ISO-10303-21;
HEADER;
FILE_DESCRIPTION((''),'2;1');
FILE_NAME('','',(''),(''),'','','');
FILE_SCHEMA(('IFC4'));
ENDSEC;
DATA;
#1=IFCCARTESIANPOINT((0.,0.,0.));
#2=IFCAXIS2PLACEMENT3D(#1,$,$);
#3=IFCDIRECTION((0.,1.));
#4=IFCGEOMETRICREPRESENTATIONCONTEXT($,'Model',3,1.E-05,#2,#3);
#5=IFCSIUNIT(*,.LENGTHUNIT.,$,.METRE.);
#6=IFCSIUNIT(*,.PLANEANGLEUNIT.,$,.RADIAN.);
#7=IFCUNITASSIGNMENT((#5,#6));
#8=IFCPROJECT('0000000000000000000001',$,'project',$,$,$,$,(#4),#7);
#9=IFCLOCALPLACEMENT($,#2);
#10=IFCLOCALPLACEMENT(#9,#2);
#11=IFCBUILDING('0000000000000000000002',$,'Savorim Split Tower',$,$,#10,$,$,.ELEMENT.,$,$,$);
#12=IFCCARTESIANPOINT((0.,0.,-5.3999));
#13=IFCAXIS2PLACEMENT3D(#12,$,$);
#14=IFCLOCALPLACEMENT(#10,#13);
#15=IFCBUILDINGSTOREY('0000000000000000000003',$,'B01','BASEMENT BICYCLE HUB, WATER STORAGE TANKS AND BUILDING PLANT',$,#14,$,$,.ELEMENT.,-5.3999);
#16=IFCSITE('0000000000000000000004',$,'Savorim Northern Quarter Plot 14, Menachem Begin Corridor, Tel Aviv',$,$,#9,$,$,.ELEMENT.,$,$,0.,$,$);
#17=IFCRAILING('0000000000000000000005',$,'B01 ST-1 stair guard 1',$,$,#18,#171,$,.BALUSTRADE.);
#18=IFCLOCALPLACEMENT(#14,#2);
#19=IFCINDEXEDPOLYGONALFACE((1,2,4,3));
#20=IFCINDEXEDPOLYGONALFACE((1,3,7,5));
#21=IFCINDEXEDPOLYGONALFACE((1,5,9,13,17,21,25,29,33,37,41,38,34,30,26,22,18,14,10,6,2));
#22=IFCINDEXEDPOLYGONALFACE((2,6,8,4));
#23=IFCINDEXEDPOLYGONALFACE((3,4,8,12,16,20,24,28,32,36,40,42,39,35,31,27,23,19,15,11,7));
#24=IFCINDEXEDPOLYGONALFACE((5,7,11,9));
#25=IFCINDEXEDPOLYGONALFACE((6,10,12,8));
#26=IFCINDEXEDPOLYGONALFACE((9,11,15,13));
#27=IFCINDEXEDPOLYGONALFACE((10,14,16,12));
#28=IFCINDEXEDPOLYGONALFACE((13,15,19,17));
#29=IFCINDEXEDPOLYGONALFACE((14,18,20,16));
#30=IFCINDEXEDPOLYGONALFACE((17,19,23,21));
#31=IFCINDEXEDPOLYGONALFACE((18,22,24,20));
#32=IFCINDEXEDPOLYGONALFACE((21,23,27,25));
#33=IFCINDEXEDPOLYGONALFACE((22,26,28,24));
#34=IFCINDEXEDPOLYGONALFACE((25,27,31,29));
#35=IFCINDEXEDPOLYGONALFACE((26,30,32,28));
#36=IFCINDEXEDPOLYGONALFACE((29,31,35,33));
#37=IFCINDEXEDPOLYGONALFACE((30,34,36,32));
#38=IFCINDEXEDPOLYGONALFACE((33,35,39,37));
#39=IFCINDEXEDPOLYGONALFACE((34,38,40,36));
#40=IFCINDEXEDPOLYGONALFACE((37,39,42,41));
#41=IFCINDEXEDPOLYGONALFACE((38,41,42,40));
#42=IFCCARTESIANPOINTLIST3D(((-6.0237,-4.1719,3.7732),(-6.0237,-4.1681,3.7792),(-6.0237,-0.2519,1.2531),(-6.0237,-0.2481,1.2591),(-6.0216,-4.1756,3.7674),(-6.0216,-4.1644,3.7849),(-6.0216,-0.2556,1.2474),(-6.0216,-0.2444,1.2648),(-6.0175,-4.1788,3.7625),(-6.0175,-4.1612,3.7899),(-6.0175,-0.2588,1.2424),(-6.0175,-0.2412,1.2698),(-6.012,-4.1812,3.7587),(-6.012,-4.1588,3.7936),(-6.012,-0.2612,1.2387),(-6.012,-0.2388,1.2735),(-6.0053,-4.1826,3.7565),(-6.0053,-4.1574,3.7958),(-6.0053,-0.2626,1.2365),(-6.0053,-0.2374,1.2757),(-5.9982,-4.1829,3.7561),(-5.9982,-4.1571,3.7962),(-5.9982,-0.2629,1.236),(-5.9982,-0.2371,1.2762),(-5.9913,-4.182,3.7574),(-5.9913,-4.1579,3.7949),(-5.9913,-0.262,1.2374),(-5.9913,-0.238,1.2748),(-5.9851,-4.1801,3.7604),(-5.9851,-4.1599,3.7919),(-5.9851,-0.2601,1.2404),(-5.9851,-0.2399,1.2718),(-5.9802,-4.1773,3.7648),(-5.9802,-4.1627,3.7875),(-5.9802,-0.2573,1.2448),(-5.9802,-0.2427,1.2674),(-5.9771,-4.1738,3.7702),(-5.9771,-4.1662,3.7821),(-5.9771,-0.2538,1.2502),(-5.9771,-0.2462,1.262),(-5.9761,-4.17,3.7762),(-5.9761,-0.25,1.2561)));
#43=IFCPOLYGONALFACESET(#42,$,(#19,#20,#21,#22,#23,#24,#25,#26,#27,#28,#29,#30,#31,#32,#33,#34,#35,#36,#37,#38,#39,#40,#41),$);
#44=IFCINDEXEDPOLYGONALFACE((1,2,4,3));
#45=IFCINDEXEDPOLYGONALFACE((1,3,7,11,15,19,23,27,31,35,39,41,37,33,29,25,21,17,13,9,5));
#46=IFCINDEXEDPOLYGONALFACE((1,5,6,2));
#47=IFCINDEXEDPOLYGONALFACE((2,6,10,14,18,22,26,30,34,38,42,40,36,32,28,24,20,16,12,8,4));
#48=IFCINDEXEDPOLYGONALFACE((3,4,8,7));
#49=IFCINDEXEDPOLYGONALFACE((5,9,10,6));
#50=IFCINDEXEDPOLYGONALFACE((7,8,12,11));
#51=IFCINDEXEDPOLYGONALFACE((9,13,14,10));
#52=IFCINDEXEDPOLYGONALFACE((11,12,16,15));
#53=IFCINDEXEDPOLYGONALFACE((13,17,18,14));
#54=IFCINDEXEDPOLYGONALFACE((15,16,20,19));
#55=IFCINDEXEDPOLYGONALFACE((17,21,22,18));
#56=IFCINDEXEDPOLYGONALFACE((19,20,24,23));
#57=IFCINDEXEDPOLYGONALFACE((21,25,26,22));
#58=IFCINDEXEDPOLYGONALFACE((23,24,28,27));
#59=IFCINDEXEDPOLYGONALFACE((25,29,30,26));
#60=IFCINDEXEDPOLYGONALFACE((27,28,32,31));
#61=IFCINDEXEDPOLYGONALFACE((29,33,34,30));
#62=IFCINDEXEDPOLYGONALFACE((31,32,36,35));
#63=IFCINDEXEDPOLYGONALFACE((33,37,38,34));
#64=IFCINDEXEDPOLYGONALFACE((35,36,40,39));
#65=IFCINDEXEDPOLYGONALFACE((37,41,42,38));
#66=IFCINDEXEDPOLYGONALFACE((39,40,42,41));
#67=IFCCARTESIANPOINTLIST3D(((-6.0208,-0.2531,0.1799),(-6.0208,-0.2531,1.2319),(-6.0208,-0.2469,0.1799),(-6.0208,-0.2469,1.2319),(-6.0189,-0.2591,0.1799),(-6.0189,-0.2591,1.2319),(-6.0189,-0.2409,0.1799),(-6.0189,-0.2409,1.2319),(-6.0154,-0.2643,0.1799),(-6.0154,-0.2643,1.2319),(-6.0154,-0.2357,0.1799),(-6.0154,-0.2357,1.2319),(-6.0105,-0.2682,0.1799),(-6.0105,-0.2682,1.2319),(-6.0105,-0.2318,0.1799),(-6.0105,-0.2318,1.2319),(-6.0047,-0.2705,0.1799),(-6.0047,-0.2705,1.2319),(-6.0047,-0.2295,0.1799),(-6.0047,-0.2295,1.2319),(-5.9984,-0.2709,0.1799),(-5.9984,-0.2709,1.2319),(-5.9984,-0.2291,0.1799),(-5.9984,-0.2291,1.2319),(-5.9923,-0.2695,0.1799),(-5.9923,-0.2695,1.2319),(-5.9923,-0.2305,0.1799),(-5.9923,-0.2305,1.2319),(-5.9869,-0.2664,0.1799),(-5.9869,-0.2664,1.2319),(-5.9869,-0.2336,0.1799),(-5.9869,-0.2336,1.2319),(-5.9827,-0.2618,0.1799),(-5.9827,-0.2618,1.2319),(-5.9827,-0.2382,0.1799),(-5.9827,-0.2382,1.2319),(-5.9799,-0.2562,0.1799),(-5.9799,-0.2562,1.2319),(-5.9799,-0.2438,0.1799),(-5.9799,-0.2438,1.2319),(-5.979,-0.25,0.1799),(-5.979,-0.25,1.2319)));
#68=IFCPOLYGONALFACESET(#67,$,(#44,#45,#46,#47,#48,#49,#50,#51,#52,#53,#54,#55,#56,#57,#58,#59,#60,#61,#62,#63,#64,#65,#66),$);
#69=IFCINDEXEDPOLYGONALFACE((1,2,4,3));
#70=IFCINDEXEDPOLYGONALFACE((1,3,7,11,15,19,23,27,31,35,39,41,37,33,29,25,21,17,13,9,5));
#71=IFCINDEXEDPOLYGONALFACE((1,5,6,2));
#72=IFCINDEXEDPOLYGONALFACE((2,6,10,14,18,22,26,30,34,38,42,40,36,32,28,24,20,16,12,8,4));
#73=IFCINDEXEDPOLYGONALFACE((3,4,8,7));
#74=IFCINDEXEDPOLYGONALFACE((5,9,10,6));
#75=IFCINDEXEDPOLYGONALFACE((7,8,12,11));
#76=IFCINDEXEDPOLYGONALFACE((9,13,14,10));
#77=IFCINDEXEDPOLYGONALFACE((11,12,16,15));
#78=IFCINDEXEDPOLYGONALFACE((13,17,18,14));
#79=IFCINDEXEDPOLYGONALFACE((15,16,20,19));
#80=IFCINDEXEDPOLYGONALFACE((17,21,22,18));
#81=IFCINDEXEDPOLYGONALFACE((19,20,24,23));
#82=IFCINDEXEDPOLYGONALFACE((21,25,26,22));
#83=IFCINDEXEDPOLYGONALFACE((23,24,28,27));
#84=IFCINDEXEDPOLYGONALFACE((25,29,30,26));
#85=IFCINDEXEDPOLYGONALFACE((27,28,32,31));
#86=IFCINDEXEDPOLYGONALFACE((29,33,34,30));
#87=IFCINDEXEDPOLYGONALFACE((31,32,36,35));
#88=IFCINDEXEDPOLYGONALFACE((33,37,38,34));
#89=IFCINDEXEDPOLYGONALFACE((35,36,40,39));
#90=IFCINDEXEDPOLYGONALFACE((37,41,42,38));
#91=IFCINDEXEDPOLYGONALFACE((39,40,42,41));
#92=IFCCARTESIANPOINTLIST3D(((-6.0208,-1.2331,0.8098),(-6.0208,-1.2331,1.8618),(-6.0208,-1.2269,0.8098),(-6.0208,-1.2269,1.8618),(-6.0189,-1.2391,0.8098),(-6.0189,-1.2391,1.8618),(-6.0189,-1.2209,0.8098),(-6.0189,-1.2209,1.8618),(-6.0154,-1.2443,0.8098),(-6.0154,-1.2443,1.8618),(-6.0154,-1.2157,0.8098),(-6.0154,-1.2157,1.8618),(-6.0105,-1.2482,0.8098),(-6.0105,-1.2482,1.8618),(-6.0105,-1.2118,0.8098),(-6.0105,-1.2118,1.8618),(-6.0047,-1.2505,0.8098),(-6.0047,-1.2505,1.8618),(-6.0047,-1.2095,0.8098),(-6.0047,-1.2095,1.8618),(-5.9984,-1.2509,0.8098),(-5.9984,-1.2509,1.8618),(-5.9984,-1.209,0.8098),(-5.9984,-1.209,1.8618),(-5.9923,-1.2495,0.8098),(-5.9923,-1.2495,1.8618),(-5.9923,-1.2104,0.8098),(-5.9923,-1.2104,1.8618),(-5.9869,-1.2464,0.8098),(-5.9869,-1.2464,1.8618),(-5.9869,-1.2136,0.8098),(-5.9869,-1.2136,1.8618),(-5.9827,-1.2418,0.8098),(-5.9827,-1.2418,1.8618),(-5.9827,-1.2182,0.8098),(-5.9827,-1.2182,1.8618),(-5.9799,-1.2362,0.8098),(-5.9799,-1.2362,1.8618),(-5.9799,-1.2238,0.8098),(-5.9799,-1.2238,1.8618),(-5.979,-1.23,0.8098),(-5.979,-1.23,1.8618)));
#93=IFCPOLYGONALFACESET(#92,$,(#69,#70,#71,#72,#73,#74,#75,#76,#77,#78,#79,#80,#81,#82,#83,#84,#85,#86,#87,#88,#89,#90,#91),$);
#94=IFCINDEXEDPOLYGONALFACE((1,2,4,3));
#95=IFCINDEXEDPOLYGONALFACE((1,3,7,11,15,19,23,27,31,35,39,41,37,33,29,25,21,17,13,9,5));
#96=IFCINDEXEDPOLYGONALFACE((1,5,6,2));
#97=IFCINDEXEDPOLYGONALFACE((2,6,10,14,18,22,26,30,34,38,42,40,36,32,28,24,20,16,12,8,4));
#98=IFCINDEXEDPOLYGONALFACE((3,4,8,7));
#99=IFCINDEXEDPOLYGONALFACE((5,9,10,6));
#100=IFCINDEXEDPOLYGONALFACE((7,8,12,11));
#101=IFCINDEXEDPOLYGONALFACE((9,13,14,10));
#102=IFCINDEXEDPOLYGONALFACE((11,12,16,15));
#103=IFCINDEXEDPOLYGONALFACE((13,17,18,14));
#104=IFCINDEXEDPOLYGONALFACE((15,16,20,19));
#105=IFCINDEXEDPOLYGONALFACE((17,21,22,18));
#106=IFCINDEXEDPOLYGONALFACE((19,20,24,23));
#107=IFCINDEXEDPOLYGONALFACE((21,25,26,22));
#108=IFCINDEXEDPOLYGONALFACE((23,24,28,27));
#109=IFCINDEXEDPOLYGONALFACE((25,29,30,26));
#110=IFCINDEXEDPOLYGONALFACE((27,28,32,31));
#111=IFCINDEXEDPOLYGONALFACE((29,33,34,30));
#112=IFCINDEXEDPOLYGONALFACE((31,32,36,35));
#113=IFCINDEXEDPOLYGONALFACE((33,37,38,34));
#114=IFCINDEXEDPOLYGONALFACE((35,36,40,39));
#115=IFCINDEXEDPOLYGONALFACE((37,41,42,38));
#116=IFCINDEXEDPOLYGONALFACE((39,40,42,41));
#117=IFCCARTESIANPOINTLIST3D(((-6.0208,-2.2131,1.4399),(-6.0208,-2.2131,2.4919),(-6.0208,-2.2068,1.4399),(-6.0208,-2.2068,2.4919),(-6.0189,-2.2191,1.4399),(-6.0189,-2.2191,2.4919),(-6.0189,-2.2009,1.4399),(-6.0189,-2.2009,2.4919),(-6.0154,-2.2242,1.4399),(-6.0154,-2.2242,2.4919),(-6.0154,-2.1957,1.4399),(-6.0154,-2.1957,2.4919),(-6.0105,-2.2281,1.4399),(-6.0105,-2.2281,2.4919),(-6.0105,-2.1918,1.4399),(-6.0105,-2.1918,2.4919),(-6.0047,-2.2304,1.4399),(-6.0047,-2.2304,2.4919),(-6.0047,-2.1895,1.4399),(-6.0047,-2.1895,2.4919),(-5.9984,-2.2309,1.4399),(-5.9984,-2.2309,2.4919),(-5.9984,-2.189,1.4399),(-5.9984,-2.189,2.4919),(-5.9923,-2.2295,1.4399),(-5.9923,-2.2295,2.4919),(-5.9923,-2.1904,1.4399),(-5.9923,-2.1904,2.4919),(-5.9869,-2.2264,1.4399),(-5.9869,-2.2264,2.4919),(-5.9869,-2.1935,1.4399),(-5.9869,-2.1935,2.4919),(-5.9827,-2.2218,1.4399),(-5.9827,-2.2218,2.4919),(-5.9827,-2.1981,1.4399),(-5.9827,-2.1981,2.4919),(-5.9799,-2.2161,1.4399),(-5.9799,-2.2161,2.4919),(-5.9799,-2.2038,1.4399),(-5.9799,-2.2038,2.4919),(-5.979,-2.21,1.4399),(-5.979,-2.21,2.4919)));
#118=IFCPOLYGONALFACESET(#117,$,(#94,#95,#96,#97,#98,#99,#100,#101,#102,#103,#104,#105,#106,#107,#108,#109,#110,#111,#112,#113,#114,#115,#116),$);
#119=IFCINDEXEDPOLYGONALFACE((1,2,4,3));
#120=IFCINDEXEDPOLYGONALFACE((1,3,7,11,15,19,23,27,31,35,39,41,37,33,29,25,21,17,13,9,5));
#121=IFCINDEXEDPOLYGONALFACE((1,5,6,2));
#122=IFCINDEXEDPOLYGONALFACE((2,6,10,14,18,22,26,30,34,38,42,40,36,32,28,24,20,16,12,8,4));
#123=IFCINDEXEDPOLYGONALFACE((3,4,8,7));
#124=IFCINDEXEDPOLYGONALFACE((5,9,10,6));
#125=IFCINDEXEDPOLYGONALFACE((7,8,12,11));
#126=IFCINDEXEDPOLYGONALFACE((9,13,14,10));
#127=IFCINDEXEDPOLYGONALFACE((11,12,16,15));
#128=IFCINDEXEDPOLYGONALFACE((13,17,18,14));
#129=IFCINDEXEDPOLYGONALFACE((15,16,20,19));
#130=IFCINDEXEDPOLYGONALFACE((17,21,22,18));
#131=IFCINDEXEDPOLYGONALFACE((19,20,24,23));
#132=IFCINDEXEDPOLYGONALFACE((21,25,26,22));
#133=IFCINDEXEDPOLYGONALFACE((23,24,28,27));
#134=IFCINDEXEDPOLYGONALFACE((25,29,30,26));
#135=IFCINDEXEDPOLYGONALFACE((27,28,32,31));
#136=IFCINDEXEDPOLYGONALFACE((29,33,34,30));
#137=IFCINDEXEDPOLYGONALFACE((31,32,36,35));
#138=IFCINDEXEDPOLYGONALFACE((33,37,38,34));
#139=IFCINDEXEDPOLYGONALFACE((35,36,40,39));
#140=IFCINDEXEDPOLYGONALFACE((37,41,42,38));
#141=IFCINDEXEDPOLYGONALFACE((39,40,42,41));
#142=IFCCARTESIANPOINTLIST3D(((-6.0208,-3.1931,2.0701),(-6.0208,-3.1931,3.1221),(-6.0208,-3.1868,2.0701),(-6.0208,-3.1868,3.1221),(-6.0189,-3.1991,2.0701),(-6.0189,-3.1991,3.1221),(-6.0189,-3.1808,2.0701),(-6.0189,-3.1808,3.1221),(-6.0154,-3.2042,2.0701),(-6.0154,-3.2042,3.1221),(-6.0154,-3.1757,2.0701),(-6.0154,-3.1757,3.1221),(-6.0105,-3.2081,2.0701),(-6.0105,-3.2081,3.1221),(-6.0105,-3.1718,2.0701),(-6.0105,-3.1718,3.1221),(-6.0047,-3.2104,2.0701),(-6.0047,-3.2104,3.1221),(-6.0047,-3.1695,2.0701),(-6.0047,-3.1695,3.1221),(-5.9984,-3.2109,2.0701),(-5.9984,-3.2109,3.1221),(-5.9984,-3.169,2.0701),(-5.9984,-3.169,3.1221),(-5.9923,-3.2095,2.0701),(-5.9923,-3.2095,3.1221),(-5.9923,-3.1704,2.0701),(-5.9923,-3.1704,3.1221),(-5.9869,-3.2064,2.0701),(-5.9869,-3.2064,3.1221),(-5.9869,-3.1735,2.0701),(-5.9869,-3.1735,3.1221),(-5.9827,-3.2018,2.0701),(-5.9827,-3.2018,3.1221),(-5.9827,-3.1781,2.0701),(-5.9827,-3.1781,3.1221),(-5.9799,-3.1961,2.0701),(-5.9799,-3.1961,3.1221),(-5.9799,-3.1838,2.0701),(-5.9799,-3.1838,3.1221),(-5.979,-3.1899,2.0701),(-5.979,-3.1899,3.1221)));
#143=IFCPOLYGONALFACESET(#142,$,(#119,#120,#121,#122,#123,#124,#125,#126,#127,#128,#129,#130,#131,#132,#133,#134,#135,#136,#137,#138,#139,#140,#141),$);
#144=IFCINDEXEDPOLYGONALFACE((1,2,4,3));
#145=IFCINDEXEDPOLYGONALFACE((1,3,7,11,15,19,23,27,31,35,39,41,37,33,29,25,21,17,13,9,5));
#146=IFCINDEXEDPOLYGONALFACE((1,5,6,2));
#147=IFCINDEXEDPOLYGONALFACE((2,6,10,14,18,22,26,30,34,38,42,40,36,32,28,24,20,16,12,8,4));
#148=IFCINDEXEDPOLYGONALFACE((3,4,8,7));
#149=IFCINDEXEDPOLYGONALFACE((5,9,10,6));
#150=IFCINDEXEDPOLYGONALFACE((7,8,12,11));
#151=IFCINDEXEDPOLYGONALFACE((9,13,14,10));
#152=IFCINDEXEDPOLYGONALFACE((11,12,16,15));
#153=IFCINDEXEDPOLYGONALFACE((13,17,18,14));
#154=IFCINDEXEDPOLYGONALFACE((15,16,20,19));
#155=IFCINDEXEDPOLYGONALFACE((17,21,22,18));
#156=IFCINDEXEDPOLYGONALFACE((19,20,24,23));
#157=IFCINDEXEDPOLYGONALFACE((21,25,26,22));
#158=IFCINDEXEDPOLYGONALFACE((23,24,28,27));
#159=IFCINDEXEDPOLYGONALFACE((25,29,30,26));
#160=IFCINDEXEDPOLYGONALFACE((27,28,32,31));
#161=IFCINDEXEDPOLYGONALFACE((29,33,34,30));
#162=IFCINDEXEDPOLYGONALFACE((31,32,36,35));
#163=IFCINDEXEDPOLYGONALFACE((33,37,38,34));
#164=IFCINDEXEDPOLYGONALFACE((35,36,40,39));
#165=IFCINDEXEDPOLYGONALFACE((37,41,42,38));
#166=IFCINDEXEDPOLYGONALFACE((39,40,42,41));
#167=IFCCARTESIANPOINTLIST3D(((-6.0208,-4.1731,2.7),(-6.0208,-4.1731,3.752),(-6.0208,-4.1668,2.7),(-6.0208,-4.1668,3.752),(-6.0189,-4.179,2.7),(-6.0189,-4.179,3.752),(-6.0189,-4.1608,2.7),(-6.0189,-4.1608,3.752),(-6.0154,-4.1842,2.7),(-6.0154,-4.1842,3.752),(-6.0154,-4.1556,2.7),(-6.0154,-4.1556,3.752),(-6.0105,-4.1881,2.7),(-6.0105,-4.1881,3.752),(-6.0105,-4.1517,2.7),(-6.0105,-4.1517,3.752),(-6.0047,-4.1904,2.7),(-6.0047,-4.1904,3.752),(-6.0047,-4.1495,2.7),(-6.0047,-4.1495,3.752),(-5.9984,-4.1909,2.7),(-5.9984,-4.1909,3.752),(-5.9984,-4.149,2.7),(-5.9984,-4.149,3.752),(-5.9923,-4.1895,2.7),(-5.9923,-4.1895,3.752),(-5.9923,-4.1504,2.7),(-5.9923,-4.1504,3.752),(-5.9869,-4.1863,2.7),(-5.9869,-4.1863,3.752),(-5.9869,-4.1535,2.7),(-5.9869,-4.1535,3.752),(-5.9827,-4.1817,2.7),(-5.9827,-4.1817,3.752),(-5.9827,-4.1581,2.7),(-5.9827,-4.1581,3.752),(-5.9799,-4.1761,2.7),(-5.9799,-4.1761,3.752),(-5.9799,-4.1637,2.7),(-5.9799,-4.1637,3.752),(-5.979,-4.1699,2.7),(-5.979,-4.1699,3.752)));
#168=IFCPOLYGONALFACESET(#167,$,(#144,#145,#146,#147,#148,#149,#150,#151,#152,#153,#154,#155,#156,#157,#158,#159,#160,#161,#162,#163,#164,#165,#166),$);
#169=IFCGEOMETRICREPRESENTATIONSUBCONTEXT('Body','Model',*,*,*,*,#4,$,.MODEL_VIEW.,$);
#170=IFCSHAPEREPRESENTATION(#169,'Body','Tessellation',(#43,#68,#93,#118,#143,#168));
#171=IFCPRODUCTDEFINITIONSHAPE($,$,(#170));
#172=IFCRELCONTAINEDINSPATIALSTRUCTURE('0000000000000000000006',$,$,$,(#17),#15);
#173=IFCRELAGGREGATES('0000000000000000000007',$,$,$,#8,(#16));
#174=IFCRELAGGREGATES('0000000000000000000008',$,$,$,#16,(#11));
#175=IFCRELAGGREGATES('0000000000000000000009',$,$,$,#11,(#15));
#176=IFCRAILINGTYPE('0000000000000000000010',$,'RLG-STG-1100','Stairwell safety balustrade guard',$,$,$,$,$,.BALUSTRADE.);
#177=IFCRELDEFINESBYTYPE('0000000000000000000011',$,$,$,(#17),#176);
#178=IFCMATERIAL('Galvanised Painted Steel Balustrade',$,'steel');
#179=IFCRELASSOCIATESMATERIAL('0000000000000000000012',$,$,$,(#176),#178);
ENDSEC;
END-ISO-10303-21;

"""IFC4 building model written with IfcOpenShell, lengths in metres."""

from ifc_helpers import new_model, si_unit, direction, frame, origin, origin_2d, place, context, subcontext, project, spatial, circle, extrude, material, type_object, element, save


model = new_model("IFC4")

# Units and contexts
model_context = context("Model", 3, precision=1e-05, world=origin(), true_north=direction((0.0, 1.0)))
body_context = subcontext(model_context, "Body", "Model", "MODEL_VIEW")
ifc_project = project(units=[si_unit("LENGTHUNIT", "METRE"), si_unit("PLANEANGLEUNIT", "RADIAN")], contexts=[model_context])

# Site, building, storey
site_placement = place(None, origin())
site = spatial("IfcSite", under=ifc_project, at=site_placement, Name="Savorim Northern Quarter Plot 14, Menachem Begin Corridor, Tel Aviv", CompositionType="ELEMENT", RefElevation=0.0)
building_placement = place(site_placement, origin())
building = spatial("IfcBuilding", under=site, at=building_placement, Name="Savorim Split Tower", CompositionType="ELEMENT")
storey_placement = place(building_placement, frame((0.0, 0.0, -5.3999)))
storey = spatial("IfcBuildingStorey", under=building, at=storey_placement, Name="B01", Description="BASEMENT BICYCLE HUB, WATER STORAGE TANKS AND BUILDING PLANT", CompositionType="ELEMENT", Elevation=-5.3999)

# Railing
ifc_material_1 = material(Name="Galvanised Painted Steel Balustrade", Category="steel")
railing_type_1 = type_object("IfcRailingType", Name="RLG-STG-1100", Description="Stairwell safety balustrade guard", PredefinedType="BALUSTRADE", material=ifc_material_1)
railing_1_placement = place(storey_placement, frame((-6.0, -0.25, 0.1799)))
element("IfcRailing", 1, at=railing_1_placement, inside=storey, type_object=railing_type_1, Name="B01 ST-1 stair guard 1", PredefinedType="BALUSTRADE", context=body_context, shape_type="SweptSolid", body=[
    extrude(circle(Radius=0.0239, at=origin_2d()), frame((0.0, 0.0, 1.0762), z_axis=(0.0, -0.841172, 0.540768), x_axis=(1.0, 0.0, 0.0)), (0.0, 0.0, 1.0), 4.6602),
    extrude(circle(Radius=0.021, at=origin_2d()), origin(), (0.0, 0.0, 1.0), 1.052),
    extrude(circle(Radius=0.021, at=origin_2d()), frame((0.0, -0.98, 0.6299)), (0.0, 0.0, 1.0), 1.052),
    extrude(circle(Radius=0.021, at=origin_2d()), frame((0.0, -1.96, 1.26)), (0.0, 0.0, 1.0), 1.052),
    extrude(circle(Radius=0.021, at=origin_2d()), frame((0.0, -2.9399, 1.8901)), (0.0, 0.0, 1.0), 1.052),
    extrude(circle(Radius=0.021, at=origin_2d()), frame((0.0, -3.9199, 2.52)), (0.0, 0.0, 1.0), 1.052),
])

save(model, "model.ifc")
